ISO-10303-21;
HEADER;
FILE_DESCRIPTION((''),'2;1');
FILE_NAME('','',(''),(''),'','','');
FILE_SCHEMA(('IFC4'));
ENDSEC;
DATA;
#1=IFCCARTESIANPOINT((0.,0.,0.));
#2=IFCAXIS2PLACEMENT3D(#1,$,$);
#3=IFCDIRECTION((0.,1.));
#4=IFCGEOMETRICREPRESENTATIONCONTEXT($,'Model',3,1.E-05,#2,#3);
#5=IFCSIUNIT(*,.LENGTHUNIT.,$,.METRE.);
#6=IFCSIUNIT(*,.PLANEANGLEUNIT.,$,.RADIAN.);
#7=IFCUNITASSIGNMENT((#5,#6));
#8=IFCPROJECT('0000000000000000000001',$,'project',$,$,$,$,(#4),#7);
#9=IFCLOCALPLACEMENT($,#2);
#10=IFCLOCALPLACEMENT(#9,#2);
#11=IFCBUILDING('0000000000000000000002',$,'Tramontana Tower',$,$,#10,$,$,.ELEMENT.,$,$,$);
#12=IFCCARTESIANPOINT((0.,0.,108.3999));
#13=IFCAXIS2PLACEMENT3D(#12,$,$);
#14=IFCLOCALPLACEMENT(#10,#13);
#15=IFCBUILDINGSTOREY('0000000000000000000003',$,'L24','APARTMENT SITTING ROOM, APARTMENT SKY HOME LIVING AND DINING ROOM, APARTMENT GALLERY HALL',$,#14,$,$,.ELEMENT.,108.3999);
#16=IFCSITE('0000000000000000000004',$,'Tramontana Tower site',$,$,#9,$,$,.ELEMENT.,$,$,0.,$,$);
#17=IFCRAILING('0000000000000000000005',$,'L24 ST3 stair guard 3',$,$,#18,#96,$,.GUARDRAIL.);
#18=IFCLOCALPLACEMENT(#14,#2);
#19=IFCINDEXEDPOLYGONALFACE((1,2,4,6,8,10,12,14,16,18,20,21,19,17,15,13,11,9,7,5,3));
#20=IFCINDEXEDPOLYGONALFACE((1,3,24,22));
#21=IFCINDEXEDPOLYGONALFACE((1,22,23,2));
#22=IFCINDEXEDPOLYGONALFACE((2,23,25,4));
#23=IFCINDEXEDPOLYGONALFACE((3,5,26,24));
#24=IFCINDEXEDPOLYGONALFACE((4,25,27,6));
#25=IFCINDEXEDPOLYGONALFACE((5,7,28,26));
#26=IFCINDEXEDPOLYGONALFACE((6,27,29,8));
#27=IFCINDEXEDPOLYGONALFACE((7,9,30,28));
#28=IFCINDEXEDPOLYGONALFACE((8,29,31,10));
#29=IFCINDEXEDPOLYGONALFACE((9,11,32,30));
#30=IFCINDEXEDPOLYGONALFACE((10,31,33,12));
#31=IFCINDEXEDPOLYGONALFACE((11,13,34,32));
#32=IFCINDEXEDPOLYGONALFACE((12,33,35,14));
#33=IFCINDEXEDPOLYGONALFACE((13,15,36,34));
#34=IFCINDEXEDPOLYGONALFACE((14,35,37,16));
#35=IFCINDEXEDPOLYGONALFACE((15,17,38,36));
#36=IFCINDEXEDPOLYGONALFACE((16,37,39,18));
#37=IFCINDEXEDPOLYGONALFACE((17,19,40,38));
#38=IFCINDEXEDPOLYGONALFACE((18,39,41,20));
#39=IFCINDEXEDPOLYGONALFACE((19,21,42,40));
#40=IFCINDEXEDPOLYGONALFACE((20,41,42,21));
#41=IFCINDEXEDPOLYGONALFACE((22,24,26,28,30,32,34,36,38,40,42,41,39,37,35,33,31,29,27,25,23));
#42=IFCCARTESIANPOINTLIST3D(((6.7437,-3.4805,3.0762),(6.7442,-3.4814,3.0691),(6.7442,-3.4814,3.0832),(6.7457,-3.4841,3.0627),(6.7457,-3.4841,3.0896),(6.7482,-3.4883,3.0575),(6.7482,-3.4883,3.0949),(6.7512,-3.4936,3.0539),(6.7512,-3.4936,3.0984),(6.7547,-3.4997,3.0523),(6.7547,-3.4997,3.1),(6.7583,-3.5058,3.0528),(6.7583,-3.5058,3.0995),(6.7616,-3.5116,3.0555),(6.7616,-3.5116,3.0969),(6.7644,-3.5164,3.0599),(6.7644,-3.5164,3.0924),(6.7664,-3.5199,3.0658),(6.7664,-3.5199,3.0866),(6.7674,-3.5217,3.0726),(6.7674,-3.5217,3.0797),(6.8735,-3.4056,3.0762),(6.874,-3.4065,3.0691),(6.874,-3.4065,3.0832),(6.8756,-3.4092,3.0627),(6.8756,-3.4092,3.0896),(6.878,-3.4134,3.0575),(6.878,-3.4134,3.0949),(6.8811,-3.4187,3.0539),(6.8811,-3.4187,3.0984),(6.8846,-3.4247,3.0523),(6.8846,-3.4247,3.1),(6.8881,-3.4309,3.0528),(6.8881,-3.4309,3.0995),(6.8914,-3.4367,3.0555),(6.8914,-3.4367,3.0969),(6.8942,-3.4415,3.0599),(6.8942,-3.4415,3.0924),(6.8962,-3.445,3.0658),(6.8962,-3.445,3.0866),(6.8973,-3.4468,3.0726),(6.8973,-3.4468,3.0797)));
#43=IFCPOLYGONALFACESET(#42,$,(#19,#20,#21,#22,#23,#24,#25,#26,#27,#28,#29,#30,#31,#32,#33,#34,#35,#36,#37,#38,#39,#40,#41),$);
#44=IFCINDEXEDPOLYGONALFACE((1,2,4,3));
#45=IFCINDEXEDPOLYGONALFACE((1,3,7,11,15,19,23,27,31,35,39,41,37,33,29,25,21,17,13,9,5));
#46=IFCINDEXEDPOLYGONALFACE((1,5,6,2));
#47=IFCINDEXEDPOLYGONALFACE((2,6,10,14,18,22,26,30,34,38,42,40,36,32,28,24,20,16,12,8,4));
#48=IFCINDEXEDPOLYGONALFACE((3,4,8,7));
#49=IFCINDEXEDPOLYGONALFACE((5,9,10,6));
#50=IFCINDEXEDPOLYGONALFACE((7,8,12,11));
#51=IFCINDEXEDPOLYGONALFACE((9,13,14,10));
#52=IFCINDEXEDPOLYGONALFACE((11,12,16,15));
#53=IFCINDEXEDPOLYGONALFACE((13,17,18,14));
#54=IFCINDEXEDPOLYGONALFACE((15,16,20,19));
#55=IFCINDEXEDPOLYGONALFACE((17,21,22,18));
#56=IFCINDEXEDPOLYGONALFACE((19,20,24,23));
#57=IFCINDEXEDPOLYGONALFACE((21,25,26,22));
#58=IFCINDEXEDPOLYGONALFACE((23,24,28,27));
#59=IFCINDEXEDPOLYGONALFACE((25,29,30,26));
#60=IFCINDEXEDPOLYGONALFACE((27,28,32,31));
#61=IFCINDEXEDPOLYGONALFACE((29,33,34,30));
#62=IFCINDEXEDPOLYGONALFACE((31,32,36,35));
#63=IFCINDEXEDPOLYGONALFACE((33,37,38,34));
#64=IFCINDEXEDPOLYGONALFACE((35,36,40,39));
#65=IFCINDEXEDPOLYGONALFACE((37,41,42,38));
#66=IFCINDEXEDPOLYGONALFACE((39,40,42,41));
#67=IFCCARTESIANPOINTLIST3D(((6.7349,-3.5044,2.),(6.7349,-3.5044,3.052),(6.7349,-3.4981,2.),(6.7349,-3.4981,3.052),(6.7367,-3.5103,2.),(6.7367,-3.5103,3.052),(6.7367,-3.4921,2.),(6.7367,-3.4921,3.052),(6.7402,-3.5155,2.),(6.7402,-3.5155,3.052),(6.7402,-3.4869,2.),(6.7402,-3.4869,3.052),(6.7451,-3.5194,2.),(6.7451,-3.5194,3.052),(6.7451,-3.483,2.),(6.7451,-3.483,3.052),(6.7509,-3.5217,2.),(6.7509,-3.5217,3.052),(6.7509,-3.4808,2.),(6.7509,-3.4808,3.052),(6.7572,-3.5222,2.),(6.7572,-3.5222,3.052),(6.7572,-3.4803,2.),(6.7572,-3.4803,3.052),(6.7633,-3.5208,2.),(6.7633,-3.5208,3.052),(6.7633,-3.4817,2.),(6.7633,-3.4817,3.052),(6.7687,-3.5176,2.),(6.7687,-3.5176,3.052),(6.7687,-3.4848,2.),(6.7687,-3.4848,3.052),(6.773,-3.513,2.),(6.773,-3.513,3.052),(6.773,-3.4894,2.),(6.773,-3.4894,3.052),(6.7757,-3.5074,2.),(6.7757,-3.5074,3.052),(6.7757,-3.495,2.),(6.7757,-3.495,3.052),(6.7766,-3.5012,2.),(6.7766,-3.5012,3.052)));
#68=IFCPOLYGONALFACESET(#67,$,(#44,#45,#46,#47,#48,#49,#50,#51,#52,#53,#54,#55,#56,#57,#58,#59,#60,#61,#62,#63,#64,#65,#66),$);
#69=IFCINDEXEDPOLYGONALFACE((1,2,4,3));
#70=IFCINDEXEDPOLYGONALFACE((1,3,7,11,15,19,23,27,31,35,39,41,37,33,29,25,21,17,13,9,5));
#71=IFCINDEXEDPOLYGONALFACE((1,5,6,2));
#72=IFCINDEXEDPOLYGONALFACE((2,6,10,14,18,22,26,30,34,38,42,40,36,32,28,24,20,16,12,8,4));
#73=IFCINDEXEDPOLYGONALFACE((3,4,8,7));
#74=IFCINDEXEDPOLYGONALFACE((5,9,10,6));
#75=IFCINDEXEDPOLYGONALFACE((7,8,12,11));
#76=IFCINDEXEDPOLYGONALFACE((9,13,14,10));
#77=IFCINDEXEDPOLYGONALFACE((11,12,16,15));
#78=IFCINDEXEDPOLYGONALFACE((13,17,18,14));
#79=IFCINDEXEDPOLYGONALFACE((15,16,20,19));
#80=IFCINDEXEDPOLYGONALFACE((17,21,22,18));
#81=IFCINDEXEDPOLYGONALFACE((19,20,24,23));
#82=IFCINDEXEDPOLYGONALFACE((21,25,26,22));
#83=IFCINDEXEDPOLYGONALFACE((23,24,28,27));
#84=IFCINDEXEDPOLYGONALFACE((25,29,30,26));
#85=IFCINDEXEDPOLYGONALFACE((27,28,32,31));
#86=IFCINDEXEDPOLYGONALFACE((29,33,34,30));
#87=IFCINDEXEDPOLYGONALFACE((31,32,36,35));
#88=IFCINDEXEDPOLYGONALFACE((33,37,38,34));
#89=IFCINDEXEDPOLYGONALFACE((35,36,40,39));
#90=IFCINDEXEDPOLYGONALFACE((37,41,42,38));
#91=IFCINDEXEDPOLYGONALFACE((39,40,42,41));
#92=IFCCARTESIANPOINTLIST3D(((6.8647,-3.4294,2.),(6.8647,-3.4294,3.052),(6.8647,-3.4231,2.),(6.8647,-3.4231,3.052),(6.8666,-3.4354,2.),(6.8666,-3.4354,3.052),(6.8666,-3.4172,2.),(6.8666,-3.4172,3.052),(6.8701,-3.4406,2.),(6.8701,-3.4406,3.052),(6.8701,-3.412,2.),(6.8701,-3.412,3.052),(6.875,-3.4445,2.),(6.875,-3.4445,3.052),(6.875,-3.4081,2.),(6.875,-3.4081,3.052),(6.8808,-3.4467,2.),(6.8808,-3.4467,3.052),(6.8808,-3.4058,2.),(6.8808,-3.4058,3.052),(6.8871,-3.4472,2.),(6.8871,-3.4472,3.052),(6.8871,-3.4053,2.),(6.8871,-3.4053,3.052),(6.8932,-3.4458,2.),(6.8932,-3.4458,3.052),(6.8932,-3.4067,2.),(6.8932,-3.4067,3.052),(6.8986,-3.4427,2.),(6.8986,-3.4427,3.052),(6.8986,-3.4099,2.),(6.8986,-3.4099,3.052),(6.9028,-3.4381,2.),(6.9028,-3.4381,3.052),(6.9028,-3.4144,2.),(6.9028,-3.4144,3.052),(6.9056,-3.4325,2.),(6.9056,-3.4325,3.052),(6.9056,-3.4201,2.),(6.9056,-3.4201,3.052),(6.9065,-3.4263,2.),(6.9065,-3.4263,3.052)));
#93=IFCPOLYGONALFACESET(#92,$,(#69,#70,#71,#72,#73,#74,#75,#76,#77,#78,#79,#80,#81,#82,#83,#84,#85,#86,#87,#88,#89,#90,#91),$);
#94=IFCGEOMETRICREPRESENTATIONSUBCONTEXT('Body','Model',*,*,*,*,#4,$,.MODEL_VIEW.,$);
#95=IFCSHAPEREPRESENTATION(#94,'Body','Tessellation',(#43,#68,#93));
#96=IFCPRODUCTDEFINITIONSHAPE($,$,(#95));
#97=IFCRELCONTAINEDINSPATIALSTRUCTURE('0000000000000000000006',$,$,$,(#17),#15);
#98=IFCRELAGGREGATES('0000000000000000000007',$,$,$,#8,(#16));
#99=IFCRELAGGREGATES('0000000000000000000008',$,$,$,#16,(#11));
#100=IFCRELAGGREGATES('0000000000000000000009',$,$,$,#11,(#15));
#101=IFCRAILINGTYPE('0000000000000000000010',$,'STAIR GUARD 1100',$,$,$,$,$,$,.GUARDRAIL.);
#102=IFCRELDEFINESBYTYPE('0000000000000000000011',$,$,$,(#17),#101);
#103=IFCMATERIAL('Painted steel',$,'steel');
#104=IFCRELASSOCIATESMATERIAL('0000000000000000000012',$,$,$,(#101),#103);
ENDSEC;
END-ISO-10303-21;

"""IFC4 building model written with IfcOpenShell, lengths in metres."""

from ifc_helpers import new_model, si_unit, direction, frame, origin, origin_2d, place, context, subcontext, project, spatial, circle, extrude, material, type_object, element, save


model = new_model("IFC4")

# Units and contexts
model_context = context("Model", 3, precision=1e-05, world=origin(), true_north=direction((0.0, 1.0)))
body_context = subcontext(model_context, "Body", "Model", "MODEL_VIEW")
ifc_project = project(units=[si_unit("LENGTHUNIT", "METRE"), si_unit("PLANEANGLEUNIT", "RADIAN")], contexts=[model_context])

# Site, building, storey
site_placement = place(None, origin())
site = spatial("IfcSite", under=ifc_project, at=site_placement, Name="Tramontana Tower site", CompositionType="ELEMENT", RefElevation=0.0)
building_placement = place(site_placement, origin())
building = spatial("IfcBuilding", under=site, at=building_placement, Name="Tramontana Tower", CompositionType="ELEMENT")
storey_placement = place(building_placement, frame((0.0, 0.0, 108.3999)))
storey = spatial("IfcBuildingStorey", under=building, at=storey_placement, Name="L24", Description="APARTMENT SITTING ROOM, APARTMENT SKY HOME LIVING AND DINING ROOM, APARTMENT GALLERY HALL", CompositionType="ELEMENT", Elevation=108.3999)

# Railing
ifc_material_1 = material(Name="Painted steel", Category="steel")
railing_type_1 = type_object("IfcRailingType", Name="STAIR GUARD 1100", PredefinedType="GUARDRAIL", material=ifc_material_1)
railing_1_placement = place(storey_placement, frame((6.7556, -3.5012, 2.0)))
element("IfcRailing", 1, at=railing_1_placement, inside=storey, type_object=railing_type_1, Name="L24 ST3 stair guard 3", PredefinedType="GUARDRAIL", context=body_context, shape_type="SweptSolid", body=[
    extrude(circle(Radius=0.0239, at=origin_2d()), frame((0.0, 0.0, 1.0762), z_axis=(0.866131, 0.499816, 0.0), x_axis=(-0.499816, 0.866131, 0.0)), (0.0, 0.0, 1.0), 0.1499),
    extrude(circle(Radius=0.021, at=origin_2d()), origin(), (0.0, 0.0, 1.0), 1.052),
    extrude(circle(Radius=0.021, at=origin_2d()), frame((0.1299, 0.075, 0.0)), (0.0, 0.0, 1.0), 1.052),
])

save(model, "model.ifc")
